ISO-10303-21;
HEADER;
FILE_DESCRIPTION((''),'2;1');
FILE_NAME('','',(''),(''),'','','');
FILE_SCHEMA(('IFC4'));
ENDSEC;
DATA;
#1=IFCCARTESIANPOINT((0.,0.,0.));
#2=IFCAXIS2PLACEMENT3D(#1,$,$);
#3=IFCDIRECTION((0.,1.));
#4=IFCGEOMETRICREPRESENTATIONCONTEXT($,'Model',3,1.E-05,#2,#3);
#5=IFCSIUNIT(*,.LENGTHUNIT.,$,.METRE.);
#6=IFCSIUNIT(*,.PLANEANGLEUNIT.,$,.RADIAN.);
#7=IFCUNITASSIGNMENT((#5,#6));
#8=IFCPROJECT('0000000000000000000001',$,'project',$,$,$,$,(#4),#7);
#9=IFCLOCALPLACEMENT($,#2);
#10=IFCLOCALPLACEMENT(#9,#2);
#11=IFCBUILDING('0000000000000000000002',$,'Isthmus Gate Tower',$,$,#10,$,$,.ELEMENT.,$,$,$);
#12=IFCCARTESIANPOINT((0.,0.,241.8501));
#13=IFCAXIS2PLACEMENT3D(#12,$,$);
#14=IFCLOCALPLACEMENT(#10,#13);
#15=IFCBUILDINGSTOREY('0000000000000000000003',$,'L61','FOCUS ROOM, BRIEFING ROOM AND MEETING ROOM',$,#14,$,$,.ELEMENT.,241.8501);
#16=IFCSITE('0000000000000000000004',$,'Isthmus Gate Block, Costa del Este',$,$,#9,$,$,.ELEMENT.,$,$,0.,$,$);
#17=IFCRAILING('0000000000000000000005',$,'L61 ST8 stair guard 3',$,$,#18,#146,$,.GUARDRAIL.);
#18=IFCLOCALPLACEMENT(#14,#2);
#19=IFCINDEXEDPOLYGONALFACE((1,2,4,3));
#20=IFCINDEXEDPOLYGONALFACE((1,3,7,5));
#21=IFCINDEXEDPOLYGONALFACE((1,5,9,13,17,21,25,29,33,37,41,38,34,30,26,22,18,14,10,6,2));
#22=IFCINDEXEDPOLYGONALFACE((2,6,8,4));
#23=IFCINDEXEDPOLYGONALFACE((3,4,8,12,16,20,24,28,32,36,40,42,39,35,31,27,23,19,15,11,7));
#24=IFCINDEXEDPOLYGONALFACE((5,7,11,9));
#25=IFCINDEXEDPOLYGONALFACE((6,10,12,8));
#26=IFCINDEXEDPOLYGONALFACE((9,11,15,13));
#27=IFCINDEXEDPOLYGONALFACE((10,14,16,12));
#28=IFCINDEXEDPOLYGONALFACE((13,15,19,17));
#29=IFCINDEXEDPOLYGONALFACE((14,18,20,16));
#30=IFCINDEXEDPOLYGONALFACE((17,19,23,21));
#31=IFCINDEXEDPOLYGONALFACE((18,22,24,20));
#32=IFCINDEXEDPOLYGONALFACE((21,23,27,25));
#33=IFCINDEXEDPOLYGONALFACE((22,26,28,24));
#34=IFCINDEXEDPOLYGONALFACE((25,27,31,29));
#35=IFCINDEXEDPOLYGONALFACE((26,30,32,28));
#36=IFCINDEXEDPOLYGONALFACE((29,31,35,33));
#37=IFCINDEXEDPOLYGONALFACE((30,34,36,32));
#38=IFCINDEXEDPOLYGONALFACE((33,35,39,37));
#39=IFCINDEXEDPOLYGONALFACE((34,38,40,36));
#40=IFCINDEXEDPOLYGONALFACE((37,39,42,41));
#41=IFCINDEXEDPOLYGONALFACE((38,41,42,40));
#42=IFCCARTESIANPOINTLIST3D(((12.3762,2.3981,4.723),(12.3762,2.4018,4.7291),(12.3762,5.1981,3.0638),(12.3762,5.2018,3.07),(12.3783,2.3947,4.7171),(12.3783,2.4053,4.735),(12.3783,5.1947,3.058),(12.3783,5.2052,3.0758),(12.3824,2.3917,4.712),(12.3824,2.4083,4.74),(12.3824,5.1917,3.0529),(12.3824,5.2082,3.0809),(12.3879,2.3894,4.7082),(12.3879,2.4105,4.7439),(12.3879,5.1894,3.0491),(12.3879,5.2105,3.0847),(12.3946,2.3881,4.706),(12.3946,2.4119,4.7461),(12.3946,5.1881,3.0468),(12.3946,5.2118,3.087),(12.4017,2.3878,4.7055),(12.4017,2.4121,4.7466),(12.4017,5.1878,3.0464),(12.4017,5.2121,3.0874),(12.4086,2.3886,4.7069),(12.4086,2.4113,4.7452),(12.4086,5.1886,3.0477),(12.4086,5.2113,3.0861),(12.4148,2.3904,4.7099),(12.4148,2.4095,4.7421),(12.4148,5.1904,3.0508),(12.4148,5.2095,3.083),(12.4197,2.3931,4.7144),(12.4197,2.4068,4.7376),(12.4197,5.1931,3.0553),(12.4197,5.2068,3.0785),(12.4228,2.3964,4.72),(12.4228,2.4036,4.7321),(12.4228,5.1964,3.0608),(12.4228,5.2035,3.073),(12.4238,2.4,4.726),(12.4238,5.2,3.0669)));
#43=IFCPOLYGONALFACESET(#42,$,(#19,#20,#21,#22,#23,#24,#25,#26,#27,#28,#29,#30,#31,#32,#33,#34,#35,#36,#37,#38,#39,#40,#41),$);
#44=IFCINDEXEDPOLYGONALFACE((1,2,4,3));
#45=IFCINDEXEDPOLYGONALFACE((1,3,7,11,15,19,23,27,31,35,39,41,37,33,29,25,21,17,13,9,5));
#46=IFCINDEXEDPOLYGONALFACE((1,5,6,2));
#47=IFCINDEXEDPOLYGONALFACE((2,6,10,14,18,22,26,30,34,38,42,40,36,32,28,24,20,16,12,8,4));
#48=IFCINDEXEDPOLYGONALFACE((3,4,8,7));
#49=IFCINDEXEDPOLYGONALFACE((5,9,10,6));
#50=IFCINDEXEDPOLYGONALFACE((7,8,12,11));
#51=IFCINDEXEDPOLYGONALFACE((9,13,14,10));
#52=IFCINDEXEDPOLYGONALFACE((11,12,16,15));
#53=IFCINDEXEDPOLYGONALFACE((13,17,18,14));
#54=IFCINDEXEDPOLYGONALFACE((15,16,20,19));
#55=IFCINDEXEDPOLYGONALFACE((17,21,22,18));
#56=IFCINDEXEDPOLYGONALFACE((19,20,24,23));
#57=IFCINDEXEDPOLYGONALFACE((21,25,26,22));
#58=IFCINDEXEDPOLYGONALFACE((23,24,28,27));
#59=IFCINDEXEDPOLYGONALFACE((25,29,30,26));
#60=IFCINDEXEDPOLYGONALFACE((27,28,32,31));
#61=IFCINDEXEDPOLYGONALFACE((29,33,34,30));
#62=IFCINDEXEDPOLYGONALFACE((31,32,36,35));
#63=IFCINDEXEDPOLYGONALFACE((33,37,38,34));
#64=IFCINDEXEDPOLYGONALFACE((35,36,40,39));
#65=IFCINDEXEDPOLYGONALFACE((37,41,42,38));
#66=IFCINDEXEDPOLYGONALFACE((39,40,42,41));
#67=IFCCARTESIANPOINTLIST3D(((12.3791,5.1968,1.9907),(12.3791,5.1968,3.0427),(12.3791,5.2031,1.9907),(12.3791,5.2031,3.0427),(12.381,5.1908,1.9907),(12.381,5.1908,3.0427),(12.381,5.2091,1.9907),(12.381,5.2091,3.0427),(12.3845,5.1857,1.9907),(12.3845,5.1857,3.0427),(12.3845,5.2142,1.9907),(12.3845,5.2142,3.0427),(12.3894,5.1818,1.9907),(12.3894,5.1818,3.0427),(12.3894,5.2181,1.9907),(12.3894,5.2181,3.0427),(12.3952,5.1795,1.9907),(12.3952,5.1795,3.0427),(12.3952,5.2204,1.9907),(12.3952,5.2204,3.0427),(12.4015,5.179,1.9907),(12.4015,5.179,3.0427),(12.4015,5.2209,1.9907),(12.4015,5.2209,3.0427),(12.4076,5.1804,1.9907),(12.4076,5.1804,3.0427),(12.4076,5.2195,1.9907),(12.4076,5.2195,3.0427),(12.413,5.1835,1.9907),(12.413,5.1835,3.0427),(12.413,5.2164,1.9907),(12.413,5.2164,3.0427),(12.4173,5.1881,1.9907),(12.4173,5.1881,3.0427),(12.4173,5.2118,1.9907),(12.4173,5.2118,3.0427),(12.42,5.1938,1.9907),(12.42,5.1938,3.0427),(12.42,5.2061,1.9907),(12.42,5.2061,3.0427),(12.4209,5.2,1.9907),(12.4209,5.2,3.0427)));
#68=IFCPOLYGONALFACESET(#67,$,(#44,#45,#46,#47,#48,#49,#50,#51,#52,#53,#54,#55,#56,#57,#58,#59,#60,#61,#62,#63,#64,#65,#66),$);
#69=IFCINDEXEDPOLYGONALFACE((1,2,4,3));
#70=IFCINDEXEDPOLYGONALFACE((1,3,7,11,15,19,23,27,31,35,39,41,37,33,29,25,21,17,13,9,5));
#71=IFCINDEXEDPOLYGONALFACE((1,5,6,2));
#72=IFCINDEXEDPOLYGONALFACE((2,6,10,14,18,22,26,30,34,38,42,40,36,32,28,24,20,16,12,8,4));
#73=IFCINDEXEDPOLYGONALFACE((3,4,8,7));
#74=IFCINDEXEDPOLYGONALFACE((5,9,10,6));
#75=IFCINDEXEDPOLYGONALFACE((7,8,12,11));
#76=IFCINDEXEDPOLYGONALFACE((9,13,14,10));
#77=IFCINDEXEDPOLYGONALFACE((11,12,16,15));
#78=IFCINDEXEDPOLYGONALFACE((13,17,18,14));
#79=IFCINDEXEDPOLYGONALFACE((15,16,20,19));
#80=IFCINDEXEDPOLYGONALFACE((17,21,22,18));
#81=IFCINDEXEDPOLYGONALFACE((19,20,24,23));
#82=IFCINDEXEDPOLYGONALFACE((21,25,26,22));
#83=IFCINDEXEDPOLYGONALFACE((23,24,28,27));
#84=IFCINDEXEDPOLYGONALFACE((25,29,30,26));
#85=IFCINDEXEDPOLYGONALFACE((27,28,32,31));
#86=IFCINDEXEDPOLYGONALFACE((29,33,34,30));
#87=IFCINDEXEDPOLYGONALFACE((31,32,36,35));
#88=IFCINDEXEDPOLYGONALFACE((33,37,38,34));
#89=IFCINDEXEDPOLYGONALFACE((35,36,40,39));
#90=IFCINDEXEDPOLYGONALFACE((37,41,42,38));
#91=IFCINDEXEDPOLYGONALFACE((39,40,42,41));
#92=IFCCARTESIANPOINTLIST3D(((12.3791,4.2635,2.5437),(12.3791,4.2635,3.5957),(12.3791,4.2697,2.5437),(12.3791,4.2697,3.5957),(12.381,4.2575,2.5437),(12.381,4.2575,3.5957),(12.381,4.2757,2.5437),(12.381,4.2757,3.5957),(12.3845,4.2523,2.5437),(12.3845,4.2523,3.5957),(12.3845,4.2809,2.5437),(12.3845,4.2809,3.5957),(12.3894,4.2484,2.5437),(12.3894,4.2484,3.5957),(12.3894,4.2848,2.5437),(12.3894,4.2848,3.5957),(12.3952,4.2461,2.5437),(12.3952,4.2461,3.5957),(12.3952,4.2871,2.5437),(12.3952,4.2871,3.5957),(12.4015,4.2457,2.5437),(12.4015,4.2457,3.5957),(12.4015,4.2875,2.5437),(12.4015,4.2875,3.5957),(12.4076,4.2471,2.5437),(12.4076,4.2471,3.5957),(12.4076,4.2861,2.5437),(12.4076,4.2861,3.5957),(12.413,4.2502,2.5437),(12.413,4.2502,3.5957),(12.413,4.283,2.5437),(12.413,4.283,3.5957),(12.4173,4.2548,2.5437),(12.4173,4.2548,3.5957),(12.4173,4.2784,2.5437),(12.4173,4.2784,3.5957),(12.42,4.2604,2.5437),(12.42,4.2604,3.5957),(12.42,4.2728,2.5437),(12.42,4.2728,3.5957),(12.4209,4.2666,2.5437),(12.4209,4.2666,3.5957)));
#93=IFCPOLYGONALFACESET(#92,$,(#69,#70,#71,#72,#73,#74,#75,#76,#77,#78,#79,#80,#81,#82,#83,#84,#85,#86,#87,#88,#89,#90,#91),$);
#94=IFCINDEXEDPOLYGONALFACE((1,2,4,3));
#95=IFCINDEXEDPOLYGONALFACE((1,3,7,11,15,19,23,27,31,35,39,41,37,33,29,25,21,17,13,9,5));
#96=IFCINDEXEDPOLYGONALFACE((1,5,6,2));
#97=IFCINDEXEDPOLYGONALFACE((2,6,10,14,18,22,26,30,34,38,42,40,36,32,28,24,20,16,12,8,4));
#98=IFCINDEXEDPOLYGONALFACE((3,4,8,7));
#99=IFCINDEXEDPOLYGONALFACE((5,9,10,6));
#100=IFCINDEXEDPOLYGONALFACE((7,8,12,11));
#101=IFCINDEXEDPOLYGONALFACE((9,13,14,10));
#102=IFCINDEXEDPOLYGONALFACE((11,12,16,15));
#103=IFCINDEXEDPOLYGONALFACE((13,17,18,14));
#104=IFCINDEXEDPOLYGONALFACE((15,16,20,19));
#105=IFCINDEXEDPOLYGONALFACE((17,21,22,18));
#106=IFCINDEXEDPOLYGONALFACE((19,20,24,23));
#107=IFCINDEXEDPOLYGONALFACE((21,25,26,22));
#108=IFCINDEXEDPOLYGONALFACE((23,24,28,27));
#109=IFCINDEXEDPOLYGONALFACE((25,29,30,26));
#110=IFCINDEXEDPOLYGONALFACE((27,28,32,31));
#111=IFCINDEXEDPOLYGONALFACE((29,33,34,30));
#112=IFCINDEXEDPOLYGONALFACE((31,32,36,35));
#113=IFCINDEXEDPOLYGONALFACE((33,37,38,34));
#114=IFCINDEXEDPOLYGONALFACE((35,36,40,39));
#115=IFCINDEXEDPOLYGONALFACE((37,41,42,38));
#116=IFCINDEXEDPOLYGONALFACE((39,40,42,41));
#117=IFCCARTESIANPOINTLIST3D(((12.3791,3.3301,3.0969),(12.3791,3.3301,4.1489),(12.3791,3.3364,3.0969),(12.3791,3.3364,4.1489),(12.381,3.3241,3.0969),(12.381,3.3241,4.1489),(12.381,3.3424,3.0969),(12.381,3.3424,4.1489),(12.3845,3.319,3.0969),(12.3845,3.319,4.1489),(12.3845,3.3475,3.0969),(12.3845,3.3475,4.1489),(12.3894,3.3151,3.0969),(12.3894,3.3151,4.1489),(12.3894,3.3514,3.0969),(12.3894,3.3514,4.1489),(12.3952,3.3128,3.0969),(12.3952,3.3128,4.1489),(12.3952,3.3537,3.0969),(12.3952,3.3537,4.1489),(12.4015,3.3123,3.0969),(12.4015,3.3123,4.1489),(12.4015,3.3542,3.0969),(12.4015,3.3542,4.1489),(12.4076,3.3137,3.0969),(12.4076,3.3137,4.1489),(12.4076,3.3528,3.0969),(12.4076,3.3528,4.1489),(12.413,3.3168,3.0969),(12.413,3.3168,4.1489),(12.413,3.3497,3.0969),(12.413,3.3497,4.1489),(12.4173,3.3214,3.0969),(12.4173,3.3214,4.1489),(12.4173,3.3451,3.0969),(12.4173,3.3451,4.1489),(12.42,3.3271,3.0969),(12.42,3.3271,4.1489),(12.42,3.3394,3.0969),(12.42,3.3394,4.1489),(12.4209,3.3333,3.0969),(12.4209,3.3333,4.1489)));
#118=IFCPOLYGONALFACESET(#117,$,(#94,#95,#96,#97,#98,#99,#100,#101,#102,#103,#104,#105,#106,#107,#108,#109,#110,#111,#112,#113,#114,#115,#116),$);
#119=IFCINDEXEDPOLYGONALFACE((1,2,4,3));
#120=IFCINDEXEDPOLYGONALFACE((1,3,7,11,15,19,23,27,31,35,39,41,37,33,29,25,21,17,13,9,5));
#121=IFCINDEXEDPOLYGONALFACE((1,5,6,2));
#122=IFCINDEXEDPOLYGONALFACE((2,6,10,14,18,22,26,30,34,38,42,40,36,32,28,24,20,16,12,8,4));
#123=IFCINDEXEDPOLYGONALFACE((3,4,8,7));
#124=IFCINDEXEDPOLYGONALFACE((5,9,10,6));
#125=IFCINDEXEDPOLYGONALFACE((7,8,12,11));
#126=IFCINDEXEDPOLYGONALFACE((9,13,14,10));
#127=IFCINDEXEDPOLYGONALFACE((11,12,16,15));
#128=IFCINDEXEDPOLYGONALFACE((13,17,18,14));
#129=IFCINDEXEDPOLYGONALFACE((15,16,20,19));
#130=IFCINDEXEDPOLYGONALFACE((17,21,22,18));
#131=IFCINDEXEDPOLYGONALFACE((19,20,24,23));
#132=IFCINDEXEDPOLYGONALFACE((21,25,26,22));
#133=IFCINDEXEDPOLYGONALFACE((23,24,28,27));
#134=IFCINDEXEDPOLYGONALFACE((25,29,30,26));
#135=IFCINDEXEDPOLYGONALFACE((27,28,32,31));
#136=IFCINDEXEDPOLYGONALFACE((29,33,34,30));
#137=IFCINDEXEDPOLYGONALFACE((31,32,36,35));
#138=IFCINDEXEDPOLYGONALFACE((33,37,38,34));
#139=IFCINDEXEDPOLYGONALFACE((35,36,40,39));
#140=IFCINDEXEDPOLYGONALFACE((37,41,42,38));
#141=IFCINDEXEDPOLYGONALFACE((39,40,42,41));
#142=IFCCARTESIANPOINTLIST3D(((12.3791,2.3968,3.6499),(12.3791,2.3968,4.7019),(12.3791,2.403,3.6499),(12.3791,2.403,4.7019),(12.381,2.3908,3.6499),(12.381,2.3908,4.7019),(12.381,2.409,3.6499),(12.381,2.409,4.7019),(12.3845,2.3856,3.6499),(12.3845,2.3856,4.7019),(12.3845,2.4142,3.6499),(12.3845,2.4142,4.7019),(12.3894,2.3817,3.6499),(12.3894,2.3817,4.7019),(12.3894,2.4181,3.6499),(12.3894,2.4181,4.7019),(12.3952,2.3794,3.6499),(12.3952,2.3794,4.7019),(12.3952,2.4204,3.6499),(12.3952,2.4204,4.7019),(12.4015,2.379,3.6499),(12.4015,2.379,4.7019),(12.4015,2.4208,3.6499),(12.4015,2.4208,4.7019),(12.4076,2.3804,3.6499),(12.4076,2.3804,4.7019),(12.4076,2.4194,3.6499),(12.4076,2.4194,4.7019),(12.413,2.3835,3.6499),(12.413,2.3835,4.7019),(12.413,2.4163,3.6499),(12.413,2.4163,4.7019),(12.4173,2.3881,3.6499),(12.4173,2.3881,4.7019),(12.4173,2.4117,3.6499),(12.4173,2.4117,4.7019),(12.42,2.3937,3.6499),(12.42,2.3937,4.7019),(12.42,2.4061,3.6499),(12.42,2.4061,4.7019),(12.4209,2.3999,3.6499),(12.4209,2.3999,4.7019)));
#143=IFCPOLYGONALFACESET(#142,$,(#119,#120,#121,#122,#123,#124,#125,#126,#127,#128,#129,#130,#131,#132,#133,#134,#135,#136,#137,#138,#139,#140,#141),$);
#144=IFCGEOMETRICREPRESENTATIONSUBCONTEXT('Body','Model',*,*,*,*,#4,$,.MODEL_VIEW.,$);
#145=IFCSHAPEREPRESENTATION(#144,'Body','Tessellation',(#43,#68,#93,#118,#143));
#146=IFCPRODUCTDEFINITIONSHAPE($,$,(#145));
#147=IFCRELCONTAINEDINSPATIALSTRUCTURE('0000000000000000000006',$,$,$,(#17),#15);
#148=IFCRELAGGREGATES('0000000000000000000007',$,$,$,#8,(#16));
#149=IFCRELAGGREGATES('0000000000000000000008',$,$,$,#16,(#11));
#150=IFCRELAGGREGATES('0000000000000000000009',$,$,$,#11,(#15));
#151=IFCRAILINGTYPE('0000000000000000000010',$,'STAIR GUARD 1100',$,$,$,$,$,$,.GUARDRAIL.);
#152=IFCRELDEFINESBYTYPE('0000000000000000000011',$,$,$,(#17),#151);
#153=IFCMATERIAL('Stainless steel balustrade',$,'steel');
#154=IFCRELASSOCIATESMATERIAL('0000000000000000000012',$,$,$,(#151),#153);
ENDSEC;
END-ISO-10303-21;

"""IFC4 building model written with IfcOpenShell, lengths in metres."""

from ifc_helpers import new_model, si_unit, direction, frame, origin, origin_2d, place, context, subcontext, project, spatial, circle, extrude, material, type_object, element, save


model = new_model("IFC4")

# Units and contexts
model_context = context("Model", 3, precision=1e-05, world=origin(), true_north=direction((0.0, 1.0)))
body_context = subcontext(model_context, "Body", "Model", "MODEL_VIEW")
ifc_project = project(units=[si_unit("LENGTHUNIT", "METRE"), si_unit("PLANEANGLEUNIT", "RADIAN")], contexts=[model_context])

# Site, building, storey
site_placement = place(None, origin())
site = spatial("IfcSite", under=ifc_project, at=site_placement, Name="Isthmus Gate Block, Costa del Este", CompositionType="ELEMENT", RefElevation=0.0)
building_placement = place(site_placement, origin())
building = spatial("IfcBuilding", under=site, at=building_placement, Name="Isthmus Gate Tower", CompositionType="ELEMENT")
storey_placement = place(building_placement, frame((0.0, 0.0, 241.8501)))
storey = spatial("IfcBuildingStorey", under=building, at=storey_placement, Name="L61", Description="FOCUS ROOM, BRIEFING ROOM AND MEETING ROOM", CompositionType="ELEMENT", Elevation=241.8501)

# Railing
ifc_material_1 = material(Name="Stainless steel balustrade", Category="steel")
railing_type_1 = type_object("IfcRailingType", Name="STAIR GUARD 1100", PredefinedType="GUARDRAIL", material=ifc_material_1)
railing_placement = place(storey_placement, frame((12.3999, 5.2, 1.9907)))
element("IfcRailing", 1, at=railing_placement, inside=storey, type_object=railing_type_1, Name="L61 ST8 stair guard 3", PredefinedType="GUARDRAIL", context=body_context, shape_type="SweptSolid", body=[
    extrude(circle(Radius=0.0239, at=origin_2d()), frame((0.0, 0.0, 1.0762), z_axis=(0.0, -0.860306, 0.509778), x_axis=(1.0, 0.0, 0.0)), (0.0, 0.0, 1.0), 3.2546),
    extrude(circle(Radius=0.021, at=origin_2d()), origin(), (0.0, 0.0, 1.0), 1.052),
    extrude(circle(Radius=0.021, at=origin_2d()), frame((0.0, -0.9333, 0.553)), (0.0, 0.0, 1.0), 1.052),
    extrude(circle(Radius=0.021, at=origin_2d()), frame((0.0, -1.8667, 1.1062)), (0.0, 0.0, 1.0), 1.052),
    extrude(circle(Radius=0.021, at=origin_2d()), frame((0.0, -2.8, 1.6592)), (0.0, 0.0, 1.0), 1.052),
])

save(model, "model.ifc")
